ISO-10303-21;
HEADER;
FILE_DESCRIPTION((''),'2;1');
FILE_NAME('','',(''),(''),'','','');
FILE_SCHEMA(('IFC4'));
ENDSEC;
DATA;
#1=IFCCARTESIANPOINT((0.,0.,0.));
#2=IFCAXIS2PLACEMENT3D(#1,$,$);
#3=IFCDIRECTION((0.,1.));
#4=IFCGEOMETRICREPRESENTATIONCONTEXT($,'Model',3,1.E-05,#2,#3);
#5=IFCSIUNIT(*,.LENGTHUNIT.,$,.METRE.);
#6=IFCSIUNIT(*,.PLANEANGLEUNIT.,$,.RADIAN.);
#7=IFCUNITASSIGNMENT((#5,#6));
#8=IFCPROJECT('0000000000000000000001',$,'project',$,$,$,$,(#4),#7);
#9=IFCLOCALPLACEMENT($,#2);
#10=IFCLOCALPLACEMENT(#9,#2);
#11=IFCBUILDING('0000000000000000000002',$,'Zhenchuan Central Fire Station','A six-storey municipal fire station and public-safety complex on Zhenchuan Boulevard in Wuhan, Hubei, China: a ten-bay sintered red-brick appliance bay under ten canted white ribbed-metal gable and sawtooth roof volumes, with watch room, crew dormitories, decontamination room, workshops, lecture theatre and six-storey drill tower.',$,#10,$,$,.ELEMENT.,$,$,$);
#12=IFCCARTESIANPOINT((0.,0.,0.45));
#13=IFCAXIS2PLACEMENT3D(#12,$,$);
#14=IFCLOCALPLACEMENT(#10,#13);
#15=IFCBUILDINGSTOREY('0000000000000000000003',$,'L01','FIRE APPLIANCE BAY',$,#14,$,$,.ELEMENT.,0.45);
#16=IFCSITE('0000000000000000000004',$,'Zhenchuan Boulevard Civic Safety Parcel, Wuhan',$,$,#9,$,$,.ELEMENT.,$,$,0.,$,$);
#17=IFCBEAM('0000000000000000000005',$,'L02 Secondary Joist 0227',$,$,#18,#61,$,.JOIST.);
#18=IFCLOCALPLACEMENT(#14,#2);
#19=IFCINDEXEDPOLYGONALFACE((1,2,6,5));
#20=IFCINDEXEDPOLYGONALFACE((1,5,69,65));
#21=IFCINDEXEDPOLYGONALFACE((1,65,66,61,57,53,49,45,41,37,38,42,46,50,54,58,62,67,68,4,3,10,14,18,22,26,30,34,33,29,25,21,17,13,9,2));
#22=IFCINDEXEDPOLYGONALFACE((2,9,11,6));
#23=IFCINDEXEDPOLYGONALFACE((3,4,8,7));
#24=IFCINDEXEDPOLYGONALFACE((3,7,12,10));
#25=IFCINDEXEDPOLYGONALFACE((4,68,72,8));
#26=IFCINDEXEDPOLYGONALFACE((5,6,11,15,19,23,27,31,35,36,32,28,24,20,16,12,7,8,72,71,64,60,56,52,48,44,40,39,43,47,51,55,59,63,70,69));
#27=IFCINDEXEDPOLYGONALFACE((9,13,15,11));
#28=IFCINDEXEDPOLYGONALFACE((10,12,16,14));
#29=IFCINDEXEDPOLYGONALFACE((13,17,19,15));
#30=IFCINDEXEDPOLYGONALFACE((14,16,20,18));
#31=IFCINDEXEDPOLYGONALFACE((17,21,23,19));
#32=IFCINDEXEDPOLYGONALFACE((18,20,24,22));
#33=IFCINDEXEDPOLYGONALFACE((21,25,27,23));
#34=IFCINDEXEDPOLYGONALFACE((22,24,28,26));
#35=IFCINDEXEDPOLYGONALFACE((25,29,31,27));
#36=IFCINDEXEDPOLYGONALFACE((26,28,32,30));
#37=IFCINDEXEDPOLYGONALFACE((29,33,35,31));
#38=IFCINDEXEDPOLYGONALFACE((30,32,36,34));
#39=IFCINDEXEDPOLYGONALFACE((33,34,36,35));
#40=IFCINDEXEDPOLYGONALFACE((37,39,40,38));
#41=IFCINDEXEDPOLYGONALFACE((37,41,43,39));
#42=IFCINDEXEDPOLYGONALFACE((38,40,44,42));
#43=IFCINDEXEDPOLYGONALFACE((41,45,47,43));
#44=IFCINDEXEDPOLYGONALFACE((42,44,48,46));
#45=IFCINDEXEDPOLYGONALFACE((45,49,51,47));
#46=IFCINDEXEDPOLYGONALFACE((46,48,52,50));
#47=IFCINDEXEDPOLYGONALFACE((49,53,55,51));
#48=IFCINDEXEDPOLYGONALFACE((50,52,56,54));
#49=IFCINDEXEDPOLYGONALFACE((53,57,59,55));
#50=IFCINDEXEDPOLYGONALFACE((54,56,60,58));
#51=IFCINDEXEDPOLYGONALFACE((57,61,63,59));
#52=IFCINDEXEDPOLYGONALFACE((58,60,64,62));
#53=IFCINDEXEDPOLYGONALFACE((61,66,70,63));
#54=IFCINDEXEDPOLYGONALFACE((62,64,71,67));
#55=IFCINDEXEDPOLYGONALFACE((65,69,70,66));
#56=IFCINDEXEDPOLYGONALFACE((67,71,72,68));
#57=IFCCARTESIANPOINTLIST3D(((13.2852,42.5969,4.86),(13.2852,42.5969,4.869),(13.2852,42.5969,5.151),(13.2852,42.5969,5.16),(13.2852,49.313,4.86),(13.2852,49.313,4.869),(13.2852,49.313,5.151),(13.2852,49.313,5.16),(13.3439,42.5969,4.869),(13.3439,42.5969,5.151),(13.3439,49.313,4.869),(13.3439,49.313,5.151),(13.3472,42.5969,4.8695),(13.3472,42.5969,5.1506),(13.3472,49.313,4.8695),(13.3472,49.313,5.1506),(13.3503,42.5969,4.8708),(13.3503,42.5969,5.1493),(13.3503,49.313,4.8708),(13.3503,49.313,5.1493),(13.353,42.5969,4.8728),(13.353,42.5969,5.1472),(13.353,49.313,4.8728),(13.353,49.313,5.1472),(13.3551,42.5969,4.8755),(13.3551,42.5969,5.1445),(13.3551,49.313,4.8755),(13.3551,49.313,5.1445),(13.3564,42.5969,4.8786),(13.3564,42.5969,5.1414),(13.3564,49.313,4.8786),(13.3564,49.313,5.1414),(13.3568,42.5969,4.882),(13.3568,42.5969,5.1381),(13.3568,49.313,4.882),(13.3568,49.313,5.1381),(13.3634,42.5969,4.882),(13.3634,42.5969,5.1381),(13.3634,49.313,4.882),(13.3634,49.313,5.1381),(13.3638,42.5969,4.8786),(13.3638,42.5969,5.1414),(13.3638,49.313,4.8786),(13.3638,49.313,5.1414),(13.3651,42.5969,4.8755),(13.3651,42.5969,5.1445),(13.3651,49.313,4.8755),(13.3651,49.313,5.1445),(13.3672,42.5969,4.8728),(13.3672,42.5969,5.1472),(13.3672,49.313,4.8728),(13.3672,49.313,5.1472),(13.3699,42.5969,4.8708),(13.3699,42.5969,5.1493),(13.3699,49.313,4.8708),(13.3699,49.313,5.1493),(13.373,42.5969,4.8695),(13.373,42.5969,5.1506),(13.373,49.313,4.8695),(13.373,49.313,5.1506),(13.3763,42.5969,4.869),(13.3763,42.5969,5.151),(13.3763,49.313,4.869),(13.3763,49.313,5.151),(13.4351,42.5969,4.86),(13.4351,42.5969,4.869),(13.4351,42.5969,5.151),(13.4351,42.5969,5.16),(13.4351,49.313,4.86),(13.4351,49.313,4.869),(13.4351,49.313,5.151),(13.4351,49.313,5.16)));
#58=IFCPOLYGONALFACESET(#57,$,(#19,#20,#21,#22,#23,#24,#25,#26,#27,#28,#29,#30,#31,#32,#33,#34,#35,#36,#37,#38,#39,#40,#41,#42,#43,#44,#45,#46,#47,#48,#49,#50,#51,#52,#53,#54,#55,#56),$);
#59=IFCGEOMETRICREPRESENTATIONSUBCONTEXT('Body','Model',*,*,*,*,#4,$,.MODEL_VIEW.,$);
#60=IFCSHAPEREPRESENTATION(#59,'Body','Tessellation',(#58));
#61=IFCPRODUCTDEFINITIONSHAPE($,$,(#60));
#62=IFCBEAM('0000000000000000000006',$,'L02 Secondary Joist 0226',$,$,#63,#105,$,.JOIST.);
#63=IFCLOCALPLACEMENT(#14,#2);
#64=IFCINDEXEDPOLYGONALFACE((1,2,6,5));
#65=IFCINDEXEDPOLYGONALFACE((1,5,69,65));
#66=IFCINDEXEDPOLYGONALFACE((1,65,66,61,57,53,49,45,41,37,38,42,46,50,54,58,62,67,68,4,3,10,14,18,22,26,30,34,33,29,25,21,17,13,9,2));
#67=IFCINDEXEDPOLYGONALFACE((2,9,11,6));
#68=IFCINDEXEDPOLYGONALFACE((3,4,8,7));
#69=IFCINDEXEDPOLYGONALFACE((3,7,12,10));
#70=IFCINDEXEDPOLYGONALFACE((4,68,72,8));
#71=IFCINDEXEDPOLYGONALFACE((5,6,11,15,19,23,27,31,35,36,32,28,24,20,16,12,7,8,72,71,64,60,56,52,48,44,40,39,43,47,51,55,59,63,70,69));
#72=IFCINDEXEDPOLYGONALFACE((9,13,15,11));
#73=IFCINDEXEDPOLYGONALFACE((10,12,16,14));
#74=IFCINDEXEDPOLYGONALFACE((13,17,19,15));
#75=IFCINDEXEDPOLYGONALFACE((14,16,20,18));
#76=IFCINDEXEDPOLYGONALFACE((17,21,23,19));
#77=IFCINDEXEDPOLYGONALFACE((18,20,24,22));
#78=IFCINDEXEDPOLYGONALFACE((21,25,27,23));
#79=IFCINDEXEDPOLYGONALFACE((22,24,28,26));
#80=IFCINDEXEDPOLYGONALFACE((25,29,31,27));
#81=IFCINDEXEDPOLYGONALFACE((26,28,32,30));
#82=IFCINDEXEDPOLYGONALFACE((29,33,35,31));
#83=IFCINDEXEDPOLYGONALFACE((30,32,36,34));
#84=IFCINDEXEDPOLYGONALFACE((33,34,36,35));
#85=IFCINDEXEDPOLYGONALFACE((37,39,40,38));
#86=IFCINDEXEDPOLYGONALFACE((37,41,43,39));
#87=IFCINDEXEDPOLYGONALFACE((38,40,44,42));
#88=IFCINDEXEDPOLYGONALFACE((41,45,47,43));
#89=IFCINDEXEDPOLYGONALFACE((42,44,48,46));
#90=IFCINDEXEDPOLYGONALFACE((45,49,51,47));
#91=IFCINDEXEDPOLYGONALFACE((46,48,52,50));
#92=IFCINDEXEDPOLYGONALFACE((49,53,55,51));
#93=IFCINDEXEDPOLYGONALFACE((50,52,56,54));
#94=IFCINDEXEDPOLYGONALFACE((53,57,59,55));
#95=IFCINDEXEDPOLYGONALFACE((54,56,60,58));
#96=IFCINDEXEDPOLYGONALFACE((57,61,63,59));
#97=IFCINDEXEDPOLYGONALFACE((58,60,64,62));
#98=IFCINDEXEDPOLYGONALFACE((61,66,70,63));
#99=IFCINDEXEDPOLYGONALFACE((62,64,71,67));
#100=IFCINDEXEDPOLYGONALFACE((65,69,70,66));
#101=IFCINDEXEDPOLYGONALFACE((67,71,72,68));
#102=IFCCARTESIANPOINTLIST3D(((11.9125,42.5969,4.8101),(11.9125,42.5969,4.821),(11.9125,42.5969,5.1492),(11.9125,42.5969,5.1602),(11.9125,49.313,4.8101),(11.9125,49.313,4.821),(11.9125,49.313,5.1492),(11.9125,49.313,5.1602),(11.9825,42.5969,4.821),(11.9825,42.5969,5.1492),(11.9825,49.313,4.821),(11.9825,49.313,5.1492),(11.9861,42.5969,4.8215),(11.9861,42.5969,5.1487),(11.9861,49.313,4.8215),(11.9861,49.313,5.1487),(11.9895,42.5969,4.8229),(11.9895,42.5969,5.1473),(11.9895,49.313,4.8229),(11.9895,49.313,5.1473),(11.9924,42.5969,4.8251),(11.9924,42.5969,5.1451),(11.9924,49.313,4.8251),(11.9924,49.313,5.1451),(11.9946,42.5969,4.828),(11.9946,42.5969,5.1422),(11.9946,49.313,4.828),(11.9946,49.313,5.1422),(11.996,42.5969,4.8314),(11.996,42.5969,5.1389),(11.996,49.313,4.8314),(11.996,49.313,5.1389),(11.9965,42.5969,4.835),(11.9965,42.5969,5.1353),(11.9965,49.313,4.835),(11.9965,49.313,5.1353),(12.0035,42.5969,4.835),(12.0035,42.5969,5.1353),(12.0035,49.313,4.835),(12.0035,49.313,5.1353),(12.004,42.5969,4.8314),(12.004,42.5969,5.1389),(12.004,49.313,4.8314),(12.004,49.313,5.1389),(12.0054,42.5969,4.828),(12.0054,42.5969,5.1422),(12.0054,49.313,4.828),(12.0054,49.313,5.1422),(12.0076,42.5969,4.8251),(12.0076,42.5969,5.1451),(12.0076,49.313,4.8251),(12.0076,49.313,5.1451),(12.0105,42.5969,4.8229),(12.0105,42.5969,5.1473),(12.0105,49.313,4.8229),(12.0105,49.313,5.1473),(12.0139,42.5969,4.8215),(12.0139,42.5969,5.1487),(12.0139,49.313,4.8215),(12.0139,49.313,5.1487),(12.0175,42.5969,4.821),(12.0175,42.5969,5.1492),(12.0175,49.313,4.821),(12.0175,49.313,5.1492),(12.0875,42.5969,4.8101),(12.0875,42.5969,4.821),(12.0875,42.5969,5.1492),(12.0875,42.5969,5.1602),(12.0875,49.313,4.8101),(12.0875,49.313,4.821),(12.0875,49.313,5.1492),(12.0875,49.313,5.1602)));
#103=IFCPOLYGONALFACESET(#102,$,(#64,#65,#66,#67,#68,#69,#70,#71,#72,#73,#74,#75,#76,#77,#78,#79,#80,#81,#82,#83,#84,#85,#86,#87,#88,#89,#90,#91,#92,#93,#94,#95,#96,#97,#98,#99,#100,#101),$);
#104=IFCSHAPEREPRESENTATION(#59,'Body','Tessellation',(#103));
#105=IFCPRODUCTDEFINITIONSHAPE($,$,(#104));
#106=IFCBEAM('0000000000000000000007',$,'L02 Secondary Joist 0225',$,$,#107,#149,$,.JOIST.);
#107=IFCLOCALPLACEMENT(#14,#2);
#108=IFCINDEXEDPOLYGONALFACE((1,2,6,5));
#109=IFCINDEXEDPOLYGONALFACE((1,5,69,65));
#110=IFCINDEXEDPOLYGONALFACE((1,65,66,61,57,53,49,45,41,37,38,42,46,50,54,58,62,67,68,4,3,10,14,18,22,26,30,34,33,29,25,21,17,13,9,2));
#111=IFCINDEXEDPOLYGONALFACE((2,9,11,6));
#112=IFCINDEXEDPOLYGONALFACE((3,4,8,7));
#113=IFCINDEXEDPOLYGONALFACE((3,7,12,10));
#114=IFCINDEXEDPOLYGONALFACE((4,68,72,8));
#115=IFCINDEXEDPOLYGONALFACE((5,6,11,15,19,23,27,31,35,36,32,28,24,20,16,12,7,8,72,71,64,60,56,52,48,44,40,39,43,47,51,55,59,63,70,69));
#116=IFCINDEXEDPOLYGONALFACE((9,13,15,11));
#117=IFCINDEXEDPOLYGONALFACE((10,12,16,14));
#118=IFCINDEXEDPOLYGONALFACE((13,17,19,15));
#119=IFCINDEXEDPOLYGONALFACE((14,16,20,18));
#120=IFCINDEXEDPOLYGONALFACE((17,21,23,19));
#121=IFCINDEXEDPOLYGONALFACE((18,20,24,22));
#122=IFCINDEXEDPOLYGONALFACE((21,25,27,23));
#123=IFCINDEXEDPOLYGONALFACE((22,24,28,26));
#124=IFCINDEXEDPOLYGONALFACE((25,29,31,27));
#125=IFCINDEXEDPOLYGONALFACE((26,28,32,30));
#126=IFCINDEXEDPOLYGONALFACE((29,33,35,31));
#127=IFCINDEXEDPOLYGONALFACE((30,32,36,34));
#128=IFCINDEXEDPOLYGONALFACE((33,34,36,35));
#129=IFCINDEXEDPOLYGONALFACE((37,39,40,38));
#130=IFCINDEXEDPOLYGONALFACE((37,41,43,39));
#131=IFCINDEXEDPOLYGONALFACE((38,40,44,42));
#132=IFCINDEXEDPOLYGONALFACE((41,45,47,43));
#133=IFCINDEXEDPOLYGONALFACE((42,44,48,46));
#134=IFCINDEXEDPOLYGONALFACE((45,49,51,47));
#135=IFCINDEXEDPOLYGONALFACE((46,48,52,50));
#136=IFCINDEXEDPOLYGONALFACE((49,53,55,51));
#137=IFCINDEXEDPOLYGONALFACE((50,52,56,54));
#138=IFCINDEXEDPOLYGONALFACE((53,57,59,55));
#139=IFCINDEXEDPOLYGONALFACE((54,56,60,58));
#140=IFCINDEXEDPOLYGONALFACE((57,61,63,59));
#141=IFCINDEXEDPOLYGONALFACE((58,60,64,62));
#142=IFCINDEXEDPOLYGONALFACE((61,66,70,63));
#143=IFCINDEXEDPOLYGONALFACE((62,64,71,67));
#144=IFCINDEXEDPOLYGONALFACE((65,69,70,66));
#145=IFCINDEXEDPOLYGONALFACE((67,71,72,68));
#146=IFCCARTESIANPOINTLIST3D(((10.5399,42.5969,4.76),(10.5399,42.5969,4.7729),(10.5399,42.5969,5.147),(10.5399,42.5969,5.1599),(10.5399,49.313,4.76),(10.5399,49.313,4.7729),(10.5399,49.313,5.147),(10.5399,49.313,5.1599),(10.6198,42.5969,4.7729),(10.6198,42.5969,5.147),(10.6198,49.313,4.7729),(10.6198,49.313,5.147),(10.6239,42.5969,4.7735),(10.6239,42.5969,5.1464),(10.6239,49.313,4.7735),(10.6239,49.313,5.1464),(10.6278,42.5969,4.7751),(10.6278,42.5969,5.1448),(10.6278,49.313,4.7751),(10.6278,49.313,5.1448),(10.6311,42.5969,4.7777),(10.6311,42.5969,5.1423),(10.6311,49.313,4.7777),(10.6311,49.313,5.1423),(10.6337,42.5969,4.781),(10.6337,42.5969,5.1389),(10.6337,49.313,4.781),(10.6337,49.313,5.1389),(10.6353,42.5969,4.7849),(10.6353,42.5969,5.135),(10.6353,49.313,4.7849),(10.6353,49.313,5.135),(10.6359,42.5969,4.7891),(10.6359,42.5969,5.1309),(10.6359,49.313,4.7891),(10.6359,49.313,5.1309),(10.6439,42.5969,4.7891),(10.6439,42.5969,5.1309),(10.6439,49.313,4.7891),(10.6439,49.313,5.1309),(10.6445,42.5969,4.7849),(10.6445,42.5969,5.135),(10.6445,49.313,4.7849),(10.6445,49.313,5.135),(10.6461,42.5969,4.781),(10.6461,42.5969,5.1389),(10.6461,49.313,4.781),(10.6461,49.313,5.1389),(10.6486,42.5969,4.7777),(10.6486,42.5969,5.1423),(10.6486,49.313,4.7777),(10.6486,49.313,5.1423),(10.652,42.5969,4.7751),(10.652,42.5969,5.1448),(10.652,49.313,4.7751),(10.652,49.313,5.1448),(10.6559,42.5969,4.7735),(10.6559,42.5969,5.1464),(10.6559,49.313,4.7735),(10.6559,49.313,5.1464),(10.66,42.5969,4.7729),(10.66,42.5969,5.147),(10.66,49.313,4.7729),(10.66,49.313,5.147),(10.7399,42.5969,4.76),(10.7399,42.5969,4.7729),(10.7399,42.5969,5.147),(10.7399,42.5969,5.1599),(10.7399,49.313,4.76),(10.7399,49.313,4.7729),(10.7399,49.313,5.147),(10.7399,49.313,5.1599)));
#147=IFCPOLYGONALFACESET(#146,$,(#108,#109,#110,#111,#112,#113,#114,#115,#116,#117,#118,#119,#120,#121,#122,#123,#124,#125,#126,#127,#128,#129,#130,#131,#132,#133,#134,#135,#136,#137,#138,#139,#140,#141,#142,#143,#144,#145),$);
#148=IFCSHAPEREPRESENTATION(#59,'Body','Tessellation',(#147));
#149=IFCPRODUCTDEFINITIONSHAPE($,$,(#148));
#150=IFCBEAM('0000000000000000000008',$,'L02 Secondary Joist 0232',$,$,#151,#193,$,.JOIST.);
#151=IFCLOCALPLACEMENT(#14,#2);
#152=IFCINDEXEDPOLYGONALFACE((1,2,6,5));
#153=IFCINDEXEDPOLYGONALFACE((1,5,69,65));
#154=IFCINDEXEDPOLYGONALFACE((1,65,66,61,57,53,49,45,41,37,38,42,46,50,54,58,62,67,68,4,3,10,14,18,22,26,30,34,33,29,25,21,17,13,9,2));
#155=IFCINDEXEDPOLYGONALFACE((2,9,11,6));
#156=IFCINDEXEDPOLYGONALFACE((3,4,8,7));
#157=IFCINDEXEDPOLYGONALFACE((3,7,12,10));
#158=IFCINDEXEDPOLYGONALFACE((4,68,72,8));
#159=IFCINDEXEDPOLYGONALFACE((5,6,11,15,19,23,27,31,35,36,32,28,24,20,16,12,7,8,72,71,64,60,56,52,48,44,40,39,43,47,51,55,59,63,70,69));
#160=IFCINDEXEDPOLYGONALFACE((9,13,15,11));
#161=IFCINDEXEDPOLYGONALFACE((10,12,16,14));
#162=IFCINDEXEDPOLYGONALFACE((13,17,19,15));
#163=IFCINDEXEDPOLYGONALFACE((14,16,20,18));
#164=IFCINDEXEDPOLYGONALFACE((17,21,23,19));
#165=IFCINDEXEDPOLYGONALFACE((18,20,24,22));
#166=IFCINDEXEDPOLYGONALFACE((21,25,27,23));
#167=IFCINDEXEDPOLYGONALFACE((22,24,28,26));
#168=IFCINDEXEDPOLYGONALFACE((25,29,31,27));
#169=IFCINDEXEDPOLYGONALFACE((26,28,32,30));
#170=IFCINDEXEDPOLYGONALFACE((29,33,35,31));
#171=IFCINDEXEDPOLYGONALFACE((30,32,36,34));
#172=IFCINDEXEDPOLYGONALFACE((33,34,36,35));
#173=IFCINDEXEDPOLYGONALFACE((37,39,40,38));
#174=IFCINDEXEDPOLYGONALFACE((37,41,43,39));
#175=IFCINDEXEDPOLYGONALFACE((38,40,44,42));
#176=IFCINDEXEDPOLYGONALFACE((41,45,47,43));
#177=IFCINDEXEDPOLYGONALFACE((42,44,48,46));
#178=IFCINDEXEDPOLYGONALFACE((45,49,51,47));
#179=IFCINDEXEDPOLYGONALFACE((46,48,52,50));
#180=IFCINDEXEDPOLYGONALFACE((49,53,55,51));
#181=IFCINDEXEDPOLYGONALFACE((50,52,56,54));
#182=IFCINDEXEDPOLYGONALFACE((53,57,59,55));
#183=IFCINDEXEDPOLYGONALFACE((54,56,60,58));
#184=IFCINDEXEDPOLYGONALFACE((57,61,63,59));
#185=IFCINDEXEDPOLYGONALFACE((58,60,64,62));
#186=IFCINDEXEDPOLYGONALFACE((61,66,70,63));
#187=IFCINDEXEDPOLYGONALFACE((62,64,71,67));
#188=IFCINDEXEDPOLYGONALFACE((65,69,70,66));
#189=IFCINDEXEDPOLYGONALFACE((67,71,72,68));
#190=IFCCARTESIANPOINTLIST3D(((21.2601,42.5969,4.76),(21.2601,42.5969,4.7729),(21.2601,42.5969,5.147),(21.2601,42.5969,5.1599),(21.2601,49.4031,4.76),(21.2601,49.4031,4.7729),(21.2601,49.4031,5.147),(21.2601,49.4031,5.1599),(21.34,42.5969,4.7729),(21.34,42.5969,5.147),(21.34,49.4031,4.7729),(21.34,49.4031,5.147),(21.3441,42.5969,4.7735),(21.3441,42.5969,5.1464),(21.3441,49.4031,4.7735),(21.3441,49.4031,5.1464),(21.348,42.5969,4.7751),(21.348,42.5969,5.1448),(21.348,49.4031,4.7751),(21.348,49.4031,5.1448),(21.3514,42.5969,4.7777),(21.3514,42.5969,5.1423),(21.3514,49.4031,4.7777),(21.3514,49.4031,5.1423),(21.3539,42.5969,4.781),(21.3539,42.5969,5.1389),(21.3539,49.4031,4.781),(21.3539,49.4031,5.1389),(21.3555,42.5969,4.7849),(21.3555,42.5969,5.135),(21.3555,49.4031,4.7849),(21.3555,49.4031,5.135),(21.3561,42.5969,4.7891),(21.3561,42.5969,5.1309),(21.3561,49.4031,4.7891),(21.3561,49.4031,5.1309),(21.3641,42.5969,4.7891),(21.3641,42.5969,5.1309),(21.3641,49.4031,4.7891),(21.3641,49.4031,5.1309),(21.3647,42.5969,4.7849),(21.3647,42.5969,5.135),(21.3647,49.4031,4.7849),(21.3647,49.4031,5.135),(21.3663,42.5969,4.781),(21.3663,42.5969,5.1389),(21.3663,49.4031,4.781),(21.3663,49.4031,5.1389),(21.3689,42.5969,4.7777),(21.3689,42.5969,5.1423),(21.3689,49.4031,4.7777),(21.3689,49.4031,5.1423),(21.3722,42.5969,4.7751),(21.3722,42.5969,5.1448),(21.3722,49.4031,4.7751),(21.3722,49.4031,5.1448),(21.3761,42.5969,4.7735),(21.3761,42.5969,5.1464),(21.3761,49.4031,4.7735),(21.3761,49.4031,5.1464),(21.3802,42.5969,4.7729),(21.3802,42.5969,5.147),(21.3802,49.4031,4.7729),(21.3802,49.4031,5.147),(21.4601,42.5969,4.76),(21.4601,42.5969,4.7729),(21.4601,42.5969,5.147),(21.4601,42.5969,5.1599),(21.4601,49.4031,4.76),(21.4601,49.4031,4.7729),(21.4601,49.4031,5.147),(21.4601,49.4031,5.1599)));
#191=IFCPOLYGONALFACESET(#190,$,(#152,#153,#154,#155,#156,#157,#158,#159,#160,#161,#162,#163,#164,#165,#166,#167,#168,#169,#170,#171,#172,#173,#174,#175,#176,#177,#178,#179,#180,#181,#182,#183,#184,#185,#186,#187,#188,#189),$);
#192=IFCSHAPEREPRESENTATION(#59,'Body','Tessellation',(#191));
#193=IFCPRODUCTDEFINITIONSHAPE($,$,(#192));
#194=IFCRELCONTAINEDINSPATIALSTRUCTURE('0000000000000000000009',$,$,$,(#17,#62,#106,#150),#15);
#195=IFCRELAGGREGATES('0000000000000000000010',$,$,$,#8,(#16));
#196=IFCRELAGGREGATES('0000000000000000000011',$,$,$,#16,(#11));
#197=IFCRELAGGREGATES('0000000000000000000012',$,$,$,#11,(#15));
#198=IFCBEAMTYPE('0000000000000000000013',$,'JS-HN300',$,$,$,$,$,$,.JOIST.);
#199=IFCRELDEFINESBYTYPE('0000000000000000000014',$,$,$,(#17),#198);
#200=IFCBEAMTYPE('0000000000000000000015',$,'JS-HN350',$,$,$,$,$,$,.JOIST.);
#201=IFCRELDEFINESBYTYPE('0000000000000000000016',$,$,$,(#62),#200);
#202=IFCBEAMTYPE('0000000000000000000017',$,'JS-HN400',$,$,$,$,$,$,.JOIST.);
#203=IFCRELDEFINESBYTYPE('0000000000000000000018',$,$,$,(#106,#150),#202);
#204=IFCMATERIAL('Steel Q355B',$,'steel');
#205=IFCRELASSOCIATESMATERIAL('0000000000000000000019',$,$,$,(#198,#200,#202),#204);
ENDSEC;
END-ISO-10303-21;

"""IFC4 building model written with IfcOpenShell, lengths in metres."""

from ifc_helpers import new_model, si_unit, direction, frame, origin, origin_2d, place, context, subcontext, project, spatial, i_section, extrude, material, material_profile, profile_set, type_object, element, save


model = new_model("IFC4")

# Units and contexts
model_context = context("Model", 3, precision=1e-05, world=origin(), true_north=direction((0.0, 1.0)))
body_context = subcontext(model_context, "Body", "Model", "MODEL_VIEW")
ifc_project = project(units=[si_unit("LENGTHUNIT", "METRE"), si_unit("PLANEANGLEUNIT", "RADIAN")], contexts=[model_context])

# Site, building, storey
site_placement = place(None, origin())
site = spatial("IfcSite", under=ifc_project, at=site_placement, Name="Zhenchuan Boulevard Civic Safety Parcel, Wuhan", CompositionType="ELEMENT", RefElevation=0.0)
building_placement = place(site_placement, origin())
building = spatial("IfcBuilding", under=site, at=building_placement, Name="Zhenchuan Central Fire Station", Description="A six-storey municipal fire station and public-safety complex on Zhenchuan Boulevard in Wuhan, Hubei, China: a ten-bay sintered red-brick appliance bay under ten canted white ribbed-metal gable and sawtooth roof volumes, with watch room, crew dormitories, decontamination room, workshops, lecture theatre and six-storey drill tower.", CompositionType="ELEMENT")
storey_placement = place(building_placement, frame((0.0, 0.0, 0.45)))
storey = spatial("IfcBuildingStorey", under=building, at=storey_placement, Name="L01", Description="FIRE APPLIANCE BAY", CompositionType="ELEMENT", Elevation=0.45)

# Shared definitions
ifc_material_1 = material(Name="Steel Q355B", Category="steel")

# Beams
ifc_material_profile_1 = material_profile(ifc_material_1, i_section(OverallWidth=0.1499, OverallDepth=0.3, WebThickness=0.0066, FlangeThickness=0.009, FilletRadius=0.0129, at=origin_2d()), Name="HN 300x150")
ifc_profile_set_1 = profile_set([ifc_material_profile_1], Name="Steel Q355B")
beam_type_1 = type_object("IfcBeamType", Name="JS-HN300", PredefinedType="JOIST", material=ifc_profile_set_1)
beam_1_placement = place(storey_placement, frame((13.3601, 42.5969, 5.01), z_axis=(0.0, 1.0, 0.0), x_axis=(-1.0, 0.0, 0.0)))
element("IfcBeam", 1, at=beam_1_placement, inside=storey, type_object=beam_type_1, Name="L02 Secondary Joist 0227", PredefinedType="JOIST", context=body_context, shape_type="SweptSolid", body=[
    extrude(i_section(OverallWidth=0.1499, OverallDepth=0.3, WebThickness=0.0066, FlangeThickness=0.009, FilletRadius=0.0129, at=origin_2d()), origin(), (0.0, 0.0, 1.0), 6.7161),
])
ifc_material_profile_2 = material_profile(ifc_material_1, i_section(OverallWidth=0.175, OverallDepth=0.3501, WebThickness=0.0071, FlangeThickness=0.011, FilletRadius=0.0139, at=origin_2d()), Name="HN 350x175")
ifc_profile_set_2 = profile_set([ifc_material_profile_2], Name="Steel Q355B")
beam_type_2 = type_object("IfcBeamType", Name="JS-HN350", PredefinedType="JOIST", material=ifc_profile_set_2)
beam_2_placement = place(storey_placement, frame((12.0, 42.5969, 4.9851), z_axis=(0.0, 1.0, 0.0), x_axis=(-1.0, 0.0, 0.0)))
element("IfcBeam", 2, at=beam_2_placement, inside=storey, type_object=beam_type_2, Name="L02 Secondary Joist 0226", PredefinedType="JOIST", context=body_context, shape_type="SweptSolid", body=[
    extrude(i_section(OverallWidth=0.175, OverallDepth=0.3501, WebThickness=0.0071, FlangeThickness=0.011, FilletRadius=0.0139, at=origin_2d()), origin(), (0.0, 0.0, 1.0), 6.7161),
])
ifc_material_profile_3 = material_profile(ifc_material_1, i_section(OverallWidth=0.2, OverallDepth=0.3999, WebThickness=0.0081, FlangeThickness=0.0129, FilletRadius=0.0161, at=origin_2d()), Name="HN 400x200")
ifc_profile_set_3 = profile_set([ifc_material_profile_3], Name="Steel Q355B")
beam_type_3 = type_object("IfcBeamType", Name="JS-HN400", PredefinedType="JOIST", material=ifc_profile_set_3)
beam_3_placement = place(storey_placement, frame((10.6399, 42.5969, 4.96), z_axis=(0.0, 1.0, 0.0), x_axis=(-1.0, 0.0, 0.0)))
element("IfcBeam", 3, at=beam_3_placement, inside=storey, type_object=beam_type_3, Name="L02 Secondary Joist 0225", PredefinedType="JOIST", context=body_context, shape_type="SweptSolid", body=[
    extrude(i_section(OverallWidth=0.2, OverallDepth=0.3999, WebThickness=0.0081, FlangeThickness=0.0129, FilletRadius=0.0161, at=origin_2d()), origin(), (0.0, 0.0, 1.0), 6.7161),
])
beam_4_placement = place(storey_placement, frame((21.3601, 42.5969, 4.96), z_axis=(0.0, 1.0, 0.0), x_axis=(-1.0, 0.0, 0.0)))
element("IfcBeam", 4, at=beam_4_placement, inside=storey, type_object=beam_type_3, Name="L02 Secondary Joist 0232", PredefinedType="JOIST", context=body_context, shape_type="SweptSolid", body=[
    extrude(i_section(OverallWidth=0.2, OverallDepth=0.3999, WebThickness=0.0081, FlangeThickness=0.0129, FilletRadius=0.0161, at=origin_2d()), origin(), (0.0, 0.0, 1.0), 6.8062),
])

save(model, "model.ifc")
